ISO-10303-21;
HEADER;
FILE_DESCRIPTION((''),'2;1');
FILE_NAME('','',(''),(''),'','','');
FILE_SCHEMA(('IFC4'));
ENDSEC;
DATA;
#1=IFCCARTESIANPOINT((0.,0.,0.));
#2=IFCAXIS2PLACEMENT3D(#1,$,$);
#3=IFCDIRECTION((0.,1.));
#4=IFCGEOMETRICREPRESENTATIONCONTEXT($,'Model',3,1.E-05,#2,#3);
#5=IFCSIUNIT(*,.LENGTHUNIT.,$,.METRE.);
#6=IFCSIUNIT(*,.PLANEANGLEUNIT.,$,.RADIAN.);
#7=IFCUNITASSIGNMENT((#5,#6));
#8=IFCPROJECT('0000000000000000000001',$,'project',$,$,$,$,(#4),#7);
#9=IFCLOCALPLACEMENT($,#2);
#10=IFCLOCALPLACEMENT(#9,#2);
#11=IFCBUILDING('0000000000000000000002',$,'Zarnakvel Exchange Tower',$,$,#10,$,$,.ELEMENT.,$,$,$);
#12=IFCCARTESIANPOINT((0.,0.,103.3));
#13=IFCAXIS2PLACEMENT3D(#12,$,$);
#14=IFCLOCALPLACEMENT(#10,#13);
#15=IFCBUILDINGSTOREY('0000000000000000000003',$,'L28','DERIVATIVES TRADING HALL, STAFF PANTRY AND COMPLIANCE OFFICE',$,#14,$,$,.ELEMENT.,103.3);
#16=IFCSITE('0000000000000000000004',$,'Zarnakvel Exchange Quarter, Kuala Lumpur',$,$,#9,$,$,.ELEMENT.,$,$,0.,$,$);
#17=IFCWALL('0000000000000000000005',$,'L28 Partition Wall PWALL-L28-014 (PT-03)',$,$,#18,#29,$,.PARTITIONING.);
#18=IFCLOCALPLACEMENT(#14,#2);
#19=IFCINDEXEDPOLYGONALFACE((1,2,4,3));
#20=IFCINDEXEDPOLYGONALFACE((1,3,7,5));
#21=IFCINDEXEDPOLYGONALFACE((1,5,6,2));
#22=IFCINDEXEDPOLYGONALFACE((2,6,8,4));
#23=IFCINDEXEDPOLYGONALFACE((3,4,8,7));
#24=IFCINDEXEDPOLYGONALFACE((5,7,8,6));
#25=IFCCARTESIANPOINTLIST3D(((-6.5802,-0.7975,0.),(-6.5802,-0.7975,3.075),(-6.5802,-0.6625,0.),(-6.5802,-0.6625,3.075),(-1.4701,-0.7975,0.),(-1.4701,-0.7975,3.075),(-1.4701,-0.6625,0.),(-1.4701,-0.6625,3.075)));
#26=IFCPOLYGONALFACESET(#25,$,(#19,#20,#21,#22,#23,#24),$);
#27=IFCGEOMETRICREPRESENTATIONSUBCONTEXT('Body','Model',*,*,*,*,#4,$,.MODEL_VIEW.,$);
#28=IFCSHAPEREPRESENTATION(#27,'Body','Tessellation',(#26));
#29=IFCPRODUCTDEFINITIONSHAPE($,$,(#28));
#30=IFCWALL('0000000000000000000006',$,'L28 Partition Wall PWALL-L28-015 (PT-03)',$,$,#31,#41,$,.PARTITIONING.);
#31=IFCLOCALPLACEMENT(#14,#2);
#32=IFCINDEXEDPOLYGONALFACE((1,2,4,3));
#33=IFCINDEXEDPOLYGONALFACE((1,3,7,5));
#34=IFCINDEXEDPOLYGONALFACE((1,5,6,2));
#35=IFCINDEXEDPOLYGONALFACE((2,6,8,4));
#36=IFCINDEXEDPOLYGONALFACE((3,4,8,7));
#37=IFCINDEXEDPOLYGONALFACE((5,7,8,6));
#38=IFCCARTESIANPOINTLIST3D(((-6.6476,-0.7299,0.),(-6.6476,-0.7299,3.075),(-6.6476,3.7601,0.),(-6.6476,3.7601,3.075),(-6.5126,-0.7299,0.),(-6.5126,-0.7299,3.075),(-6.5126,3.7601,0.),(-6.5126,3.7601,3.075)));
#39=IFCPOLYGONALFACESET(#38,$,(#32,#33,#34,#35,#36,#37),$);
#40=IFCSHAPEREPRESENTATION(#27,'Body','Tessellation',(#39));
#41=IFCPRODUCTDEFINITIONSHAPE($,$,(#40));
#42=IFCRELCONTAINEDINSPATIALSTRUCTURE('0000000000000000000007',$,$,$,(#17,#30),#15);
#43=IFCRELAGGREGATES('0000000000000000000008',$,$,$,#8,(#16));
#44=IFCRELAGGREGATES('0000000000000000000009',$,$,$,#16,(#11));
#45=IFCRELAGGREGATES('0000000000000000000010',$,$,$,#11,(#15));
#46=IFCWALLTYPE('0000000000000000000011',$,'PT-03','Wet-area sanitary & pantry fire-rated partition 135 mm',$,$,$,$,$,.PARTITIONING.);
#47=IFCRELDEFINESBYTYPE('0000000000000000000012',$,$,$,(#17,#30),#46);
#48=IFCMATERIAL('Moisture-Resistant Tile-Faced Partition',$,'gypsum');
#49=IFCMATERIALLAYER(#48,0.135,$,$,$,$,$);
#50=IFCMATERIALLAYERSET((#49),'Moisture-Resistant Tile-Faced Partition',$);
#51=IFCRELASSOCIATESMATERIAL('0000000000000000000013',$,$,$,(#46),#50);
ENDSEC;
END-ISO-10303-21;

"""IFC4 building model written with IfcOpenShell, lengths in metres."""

from ifc_helpers import new_model, si_unit, direction, frame, frame_2d, origin, place, context, subcontext, project, spatial, rectangle, extrude, material, layer, layer_set, type_object, element, save


model = new_model("IFC4")

# Units and contexts
model_context = context("Model", 3, precision=1e-05, world=origin(), true_north=direction((0.0, 1.0)))
body_context = subcontext(model_context, "Body", "Model", "MODEL_VIEW")
ifc_project = project(units=[si_unit("LENGTHUNIT", "METRE"), si_unit("PLANEANGLEUNIT", "RADIAN")], contexts=[model_context])

# Site, building, storey
site_placement = place(None, origin())
site = spatial("IfcSite", under=ifc_project, at=site_placement, Name="Zarnakvel Exchange Quarter, Kuala Lumpur", CompositionType="ELEMENT", RefElevation=0.0)
building_placement = place(site_placement, origin())
building = spatial("IfcBuilding", under=site, at=building_placement, Name="Zarnakvel Exchange Tower", CompositionType="ELEMENT")
storey_placement = place(building_placement, frame((0.0, 0.0, 103.3)))
storey = spatial("IfcBuildingStorey", under=building, at=storey_placement, Name="L28", Description="DERIVATIVES TRADING HALL, STAFF PANTRY AND COMPLIANCE OFFICE", CompositionType="ELEMENT", Elevation=103.3)

# Walls
ifc_material_1 = material(Name="Moisture-Resistant Tile-Faced Partition", Category="gypsum")
ifc_layer_1 = layer(ifc_material_1, 0.135)
ifc_layer_set_1 = layer_set([ifc_layer_1], Name="Moisture-Resistant Tile-Faced Partition")
wall_type_1 = type_object("IfcWallType", Name="PT-03", Description="Wet-area sanitary & pantry fire-rated partition 135 mm", PredefinedType="PARTITIONING", material=ifc_layer_set_1)
wall_1_placement = place(storey_placement, frame((-1.47, -0.73, 0.0), z_axis=(0.0, 0.0, 1.0), x_axis=(-1.0, 0.0, 0.0)))
element("IfcWall", 1, at=wall_1_placement, inside=storey, type_object=wall_type_1, Name="L28 Partition Wall PWALL-L28-014 (PT-03)", PredefinedType="PARTITIONING", context=body_context, shape_type="SweptSolid", body=[
    extrude(rectangle(XDim=5.1101, YDim=0.135, at=frame_2d((2.5552, 0.0))), origin(), (0.0, 0.0, 1.0), 3.075),
])
wall_2_placement = place(storey_placement, frame((-6.5801, -0.73, 0.0), z_axis=(0.0, 0.0, 1.0), x_axis=(0.0, 1.0, 0.0)))
element("IfcWall", 2, at=wall_2_placement, inside=storey, type_object=wall_type_1, Name="L28 Partition Wall PWALL-L28-015 (PT-03)", PredefinedType="PARTITIONING", context=body_context, shape_type="SweptSolid", body=[
    extrude(rectangle(XDim=4.49, YDim=0.135, at=frame_2d((2.2451, 0.0))), origin(), (0.0, 0.0, 1.0), 3.075),
])

save(model, "model.ifc")
